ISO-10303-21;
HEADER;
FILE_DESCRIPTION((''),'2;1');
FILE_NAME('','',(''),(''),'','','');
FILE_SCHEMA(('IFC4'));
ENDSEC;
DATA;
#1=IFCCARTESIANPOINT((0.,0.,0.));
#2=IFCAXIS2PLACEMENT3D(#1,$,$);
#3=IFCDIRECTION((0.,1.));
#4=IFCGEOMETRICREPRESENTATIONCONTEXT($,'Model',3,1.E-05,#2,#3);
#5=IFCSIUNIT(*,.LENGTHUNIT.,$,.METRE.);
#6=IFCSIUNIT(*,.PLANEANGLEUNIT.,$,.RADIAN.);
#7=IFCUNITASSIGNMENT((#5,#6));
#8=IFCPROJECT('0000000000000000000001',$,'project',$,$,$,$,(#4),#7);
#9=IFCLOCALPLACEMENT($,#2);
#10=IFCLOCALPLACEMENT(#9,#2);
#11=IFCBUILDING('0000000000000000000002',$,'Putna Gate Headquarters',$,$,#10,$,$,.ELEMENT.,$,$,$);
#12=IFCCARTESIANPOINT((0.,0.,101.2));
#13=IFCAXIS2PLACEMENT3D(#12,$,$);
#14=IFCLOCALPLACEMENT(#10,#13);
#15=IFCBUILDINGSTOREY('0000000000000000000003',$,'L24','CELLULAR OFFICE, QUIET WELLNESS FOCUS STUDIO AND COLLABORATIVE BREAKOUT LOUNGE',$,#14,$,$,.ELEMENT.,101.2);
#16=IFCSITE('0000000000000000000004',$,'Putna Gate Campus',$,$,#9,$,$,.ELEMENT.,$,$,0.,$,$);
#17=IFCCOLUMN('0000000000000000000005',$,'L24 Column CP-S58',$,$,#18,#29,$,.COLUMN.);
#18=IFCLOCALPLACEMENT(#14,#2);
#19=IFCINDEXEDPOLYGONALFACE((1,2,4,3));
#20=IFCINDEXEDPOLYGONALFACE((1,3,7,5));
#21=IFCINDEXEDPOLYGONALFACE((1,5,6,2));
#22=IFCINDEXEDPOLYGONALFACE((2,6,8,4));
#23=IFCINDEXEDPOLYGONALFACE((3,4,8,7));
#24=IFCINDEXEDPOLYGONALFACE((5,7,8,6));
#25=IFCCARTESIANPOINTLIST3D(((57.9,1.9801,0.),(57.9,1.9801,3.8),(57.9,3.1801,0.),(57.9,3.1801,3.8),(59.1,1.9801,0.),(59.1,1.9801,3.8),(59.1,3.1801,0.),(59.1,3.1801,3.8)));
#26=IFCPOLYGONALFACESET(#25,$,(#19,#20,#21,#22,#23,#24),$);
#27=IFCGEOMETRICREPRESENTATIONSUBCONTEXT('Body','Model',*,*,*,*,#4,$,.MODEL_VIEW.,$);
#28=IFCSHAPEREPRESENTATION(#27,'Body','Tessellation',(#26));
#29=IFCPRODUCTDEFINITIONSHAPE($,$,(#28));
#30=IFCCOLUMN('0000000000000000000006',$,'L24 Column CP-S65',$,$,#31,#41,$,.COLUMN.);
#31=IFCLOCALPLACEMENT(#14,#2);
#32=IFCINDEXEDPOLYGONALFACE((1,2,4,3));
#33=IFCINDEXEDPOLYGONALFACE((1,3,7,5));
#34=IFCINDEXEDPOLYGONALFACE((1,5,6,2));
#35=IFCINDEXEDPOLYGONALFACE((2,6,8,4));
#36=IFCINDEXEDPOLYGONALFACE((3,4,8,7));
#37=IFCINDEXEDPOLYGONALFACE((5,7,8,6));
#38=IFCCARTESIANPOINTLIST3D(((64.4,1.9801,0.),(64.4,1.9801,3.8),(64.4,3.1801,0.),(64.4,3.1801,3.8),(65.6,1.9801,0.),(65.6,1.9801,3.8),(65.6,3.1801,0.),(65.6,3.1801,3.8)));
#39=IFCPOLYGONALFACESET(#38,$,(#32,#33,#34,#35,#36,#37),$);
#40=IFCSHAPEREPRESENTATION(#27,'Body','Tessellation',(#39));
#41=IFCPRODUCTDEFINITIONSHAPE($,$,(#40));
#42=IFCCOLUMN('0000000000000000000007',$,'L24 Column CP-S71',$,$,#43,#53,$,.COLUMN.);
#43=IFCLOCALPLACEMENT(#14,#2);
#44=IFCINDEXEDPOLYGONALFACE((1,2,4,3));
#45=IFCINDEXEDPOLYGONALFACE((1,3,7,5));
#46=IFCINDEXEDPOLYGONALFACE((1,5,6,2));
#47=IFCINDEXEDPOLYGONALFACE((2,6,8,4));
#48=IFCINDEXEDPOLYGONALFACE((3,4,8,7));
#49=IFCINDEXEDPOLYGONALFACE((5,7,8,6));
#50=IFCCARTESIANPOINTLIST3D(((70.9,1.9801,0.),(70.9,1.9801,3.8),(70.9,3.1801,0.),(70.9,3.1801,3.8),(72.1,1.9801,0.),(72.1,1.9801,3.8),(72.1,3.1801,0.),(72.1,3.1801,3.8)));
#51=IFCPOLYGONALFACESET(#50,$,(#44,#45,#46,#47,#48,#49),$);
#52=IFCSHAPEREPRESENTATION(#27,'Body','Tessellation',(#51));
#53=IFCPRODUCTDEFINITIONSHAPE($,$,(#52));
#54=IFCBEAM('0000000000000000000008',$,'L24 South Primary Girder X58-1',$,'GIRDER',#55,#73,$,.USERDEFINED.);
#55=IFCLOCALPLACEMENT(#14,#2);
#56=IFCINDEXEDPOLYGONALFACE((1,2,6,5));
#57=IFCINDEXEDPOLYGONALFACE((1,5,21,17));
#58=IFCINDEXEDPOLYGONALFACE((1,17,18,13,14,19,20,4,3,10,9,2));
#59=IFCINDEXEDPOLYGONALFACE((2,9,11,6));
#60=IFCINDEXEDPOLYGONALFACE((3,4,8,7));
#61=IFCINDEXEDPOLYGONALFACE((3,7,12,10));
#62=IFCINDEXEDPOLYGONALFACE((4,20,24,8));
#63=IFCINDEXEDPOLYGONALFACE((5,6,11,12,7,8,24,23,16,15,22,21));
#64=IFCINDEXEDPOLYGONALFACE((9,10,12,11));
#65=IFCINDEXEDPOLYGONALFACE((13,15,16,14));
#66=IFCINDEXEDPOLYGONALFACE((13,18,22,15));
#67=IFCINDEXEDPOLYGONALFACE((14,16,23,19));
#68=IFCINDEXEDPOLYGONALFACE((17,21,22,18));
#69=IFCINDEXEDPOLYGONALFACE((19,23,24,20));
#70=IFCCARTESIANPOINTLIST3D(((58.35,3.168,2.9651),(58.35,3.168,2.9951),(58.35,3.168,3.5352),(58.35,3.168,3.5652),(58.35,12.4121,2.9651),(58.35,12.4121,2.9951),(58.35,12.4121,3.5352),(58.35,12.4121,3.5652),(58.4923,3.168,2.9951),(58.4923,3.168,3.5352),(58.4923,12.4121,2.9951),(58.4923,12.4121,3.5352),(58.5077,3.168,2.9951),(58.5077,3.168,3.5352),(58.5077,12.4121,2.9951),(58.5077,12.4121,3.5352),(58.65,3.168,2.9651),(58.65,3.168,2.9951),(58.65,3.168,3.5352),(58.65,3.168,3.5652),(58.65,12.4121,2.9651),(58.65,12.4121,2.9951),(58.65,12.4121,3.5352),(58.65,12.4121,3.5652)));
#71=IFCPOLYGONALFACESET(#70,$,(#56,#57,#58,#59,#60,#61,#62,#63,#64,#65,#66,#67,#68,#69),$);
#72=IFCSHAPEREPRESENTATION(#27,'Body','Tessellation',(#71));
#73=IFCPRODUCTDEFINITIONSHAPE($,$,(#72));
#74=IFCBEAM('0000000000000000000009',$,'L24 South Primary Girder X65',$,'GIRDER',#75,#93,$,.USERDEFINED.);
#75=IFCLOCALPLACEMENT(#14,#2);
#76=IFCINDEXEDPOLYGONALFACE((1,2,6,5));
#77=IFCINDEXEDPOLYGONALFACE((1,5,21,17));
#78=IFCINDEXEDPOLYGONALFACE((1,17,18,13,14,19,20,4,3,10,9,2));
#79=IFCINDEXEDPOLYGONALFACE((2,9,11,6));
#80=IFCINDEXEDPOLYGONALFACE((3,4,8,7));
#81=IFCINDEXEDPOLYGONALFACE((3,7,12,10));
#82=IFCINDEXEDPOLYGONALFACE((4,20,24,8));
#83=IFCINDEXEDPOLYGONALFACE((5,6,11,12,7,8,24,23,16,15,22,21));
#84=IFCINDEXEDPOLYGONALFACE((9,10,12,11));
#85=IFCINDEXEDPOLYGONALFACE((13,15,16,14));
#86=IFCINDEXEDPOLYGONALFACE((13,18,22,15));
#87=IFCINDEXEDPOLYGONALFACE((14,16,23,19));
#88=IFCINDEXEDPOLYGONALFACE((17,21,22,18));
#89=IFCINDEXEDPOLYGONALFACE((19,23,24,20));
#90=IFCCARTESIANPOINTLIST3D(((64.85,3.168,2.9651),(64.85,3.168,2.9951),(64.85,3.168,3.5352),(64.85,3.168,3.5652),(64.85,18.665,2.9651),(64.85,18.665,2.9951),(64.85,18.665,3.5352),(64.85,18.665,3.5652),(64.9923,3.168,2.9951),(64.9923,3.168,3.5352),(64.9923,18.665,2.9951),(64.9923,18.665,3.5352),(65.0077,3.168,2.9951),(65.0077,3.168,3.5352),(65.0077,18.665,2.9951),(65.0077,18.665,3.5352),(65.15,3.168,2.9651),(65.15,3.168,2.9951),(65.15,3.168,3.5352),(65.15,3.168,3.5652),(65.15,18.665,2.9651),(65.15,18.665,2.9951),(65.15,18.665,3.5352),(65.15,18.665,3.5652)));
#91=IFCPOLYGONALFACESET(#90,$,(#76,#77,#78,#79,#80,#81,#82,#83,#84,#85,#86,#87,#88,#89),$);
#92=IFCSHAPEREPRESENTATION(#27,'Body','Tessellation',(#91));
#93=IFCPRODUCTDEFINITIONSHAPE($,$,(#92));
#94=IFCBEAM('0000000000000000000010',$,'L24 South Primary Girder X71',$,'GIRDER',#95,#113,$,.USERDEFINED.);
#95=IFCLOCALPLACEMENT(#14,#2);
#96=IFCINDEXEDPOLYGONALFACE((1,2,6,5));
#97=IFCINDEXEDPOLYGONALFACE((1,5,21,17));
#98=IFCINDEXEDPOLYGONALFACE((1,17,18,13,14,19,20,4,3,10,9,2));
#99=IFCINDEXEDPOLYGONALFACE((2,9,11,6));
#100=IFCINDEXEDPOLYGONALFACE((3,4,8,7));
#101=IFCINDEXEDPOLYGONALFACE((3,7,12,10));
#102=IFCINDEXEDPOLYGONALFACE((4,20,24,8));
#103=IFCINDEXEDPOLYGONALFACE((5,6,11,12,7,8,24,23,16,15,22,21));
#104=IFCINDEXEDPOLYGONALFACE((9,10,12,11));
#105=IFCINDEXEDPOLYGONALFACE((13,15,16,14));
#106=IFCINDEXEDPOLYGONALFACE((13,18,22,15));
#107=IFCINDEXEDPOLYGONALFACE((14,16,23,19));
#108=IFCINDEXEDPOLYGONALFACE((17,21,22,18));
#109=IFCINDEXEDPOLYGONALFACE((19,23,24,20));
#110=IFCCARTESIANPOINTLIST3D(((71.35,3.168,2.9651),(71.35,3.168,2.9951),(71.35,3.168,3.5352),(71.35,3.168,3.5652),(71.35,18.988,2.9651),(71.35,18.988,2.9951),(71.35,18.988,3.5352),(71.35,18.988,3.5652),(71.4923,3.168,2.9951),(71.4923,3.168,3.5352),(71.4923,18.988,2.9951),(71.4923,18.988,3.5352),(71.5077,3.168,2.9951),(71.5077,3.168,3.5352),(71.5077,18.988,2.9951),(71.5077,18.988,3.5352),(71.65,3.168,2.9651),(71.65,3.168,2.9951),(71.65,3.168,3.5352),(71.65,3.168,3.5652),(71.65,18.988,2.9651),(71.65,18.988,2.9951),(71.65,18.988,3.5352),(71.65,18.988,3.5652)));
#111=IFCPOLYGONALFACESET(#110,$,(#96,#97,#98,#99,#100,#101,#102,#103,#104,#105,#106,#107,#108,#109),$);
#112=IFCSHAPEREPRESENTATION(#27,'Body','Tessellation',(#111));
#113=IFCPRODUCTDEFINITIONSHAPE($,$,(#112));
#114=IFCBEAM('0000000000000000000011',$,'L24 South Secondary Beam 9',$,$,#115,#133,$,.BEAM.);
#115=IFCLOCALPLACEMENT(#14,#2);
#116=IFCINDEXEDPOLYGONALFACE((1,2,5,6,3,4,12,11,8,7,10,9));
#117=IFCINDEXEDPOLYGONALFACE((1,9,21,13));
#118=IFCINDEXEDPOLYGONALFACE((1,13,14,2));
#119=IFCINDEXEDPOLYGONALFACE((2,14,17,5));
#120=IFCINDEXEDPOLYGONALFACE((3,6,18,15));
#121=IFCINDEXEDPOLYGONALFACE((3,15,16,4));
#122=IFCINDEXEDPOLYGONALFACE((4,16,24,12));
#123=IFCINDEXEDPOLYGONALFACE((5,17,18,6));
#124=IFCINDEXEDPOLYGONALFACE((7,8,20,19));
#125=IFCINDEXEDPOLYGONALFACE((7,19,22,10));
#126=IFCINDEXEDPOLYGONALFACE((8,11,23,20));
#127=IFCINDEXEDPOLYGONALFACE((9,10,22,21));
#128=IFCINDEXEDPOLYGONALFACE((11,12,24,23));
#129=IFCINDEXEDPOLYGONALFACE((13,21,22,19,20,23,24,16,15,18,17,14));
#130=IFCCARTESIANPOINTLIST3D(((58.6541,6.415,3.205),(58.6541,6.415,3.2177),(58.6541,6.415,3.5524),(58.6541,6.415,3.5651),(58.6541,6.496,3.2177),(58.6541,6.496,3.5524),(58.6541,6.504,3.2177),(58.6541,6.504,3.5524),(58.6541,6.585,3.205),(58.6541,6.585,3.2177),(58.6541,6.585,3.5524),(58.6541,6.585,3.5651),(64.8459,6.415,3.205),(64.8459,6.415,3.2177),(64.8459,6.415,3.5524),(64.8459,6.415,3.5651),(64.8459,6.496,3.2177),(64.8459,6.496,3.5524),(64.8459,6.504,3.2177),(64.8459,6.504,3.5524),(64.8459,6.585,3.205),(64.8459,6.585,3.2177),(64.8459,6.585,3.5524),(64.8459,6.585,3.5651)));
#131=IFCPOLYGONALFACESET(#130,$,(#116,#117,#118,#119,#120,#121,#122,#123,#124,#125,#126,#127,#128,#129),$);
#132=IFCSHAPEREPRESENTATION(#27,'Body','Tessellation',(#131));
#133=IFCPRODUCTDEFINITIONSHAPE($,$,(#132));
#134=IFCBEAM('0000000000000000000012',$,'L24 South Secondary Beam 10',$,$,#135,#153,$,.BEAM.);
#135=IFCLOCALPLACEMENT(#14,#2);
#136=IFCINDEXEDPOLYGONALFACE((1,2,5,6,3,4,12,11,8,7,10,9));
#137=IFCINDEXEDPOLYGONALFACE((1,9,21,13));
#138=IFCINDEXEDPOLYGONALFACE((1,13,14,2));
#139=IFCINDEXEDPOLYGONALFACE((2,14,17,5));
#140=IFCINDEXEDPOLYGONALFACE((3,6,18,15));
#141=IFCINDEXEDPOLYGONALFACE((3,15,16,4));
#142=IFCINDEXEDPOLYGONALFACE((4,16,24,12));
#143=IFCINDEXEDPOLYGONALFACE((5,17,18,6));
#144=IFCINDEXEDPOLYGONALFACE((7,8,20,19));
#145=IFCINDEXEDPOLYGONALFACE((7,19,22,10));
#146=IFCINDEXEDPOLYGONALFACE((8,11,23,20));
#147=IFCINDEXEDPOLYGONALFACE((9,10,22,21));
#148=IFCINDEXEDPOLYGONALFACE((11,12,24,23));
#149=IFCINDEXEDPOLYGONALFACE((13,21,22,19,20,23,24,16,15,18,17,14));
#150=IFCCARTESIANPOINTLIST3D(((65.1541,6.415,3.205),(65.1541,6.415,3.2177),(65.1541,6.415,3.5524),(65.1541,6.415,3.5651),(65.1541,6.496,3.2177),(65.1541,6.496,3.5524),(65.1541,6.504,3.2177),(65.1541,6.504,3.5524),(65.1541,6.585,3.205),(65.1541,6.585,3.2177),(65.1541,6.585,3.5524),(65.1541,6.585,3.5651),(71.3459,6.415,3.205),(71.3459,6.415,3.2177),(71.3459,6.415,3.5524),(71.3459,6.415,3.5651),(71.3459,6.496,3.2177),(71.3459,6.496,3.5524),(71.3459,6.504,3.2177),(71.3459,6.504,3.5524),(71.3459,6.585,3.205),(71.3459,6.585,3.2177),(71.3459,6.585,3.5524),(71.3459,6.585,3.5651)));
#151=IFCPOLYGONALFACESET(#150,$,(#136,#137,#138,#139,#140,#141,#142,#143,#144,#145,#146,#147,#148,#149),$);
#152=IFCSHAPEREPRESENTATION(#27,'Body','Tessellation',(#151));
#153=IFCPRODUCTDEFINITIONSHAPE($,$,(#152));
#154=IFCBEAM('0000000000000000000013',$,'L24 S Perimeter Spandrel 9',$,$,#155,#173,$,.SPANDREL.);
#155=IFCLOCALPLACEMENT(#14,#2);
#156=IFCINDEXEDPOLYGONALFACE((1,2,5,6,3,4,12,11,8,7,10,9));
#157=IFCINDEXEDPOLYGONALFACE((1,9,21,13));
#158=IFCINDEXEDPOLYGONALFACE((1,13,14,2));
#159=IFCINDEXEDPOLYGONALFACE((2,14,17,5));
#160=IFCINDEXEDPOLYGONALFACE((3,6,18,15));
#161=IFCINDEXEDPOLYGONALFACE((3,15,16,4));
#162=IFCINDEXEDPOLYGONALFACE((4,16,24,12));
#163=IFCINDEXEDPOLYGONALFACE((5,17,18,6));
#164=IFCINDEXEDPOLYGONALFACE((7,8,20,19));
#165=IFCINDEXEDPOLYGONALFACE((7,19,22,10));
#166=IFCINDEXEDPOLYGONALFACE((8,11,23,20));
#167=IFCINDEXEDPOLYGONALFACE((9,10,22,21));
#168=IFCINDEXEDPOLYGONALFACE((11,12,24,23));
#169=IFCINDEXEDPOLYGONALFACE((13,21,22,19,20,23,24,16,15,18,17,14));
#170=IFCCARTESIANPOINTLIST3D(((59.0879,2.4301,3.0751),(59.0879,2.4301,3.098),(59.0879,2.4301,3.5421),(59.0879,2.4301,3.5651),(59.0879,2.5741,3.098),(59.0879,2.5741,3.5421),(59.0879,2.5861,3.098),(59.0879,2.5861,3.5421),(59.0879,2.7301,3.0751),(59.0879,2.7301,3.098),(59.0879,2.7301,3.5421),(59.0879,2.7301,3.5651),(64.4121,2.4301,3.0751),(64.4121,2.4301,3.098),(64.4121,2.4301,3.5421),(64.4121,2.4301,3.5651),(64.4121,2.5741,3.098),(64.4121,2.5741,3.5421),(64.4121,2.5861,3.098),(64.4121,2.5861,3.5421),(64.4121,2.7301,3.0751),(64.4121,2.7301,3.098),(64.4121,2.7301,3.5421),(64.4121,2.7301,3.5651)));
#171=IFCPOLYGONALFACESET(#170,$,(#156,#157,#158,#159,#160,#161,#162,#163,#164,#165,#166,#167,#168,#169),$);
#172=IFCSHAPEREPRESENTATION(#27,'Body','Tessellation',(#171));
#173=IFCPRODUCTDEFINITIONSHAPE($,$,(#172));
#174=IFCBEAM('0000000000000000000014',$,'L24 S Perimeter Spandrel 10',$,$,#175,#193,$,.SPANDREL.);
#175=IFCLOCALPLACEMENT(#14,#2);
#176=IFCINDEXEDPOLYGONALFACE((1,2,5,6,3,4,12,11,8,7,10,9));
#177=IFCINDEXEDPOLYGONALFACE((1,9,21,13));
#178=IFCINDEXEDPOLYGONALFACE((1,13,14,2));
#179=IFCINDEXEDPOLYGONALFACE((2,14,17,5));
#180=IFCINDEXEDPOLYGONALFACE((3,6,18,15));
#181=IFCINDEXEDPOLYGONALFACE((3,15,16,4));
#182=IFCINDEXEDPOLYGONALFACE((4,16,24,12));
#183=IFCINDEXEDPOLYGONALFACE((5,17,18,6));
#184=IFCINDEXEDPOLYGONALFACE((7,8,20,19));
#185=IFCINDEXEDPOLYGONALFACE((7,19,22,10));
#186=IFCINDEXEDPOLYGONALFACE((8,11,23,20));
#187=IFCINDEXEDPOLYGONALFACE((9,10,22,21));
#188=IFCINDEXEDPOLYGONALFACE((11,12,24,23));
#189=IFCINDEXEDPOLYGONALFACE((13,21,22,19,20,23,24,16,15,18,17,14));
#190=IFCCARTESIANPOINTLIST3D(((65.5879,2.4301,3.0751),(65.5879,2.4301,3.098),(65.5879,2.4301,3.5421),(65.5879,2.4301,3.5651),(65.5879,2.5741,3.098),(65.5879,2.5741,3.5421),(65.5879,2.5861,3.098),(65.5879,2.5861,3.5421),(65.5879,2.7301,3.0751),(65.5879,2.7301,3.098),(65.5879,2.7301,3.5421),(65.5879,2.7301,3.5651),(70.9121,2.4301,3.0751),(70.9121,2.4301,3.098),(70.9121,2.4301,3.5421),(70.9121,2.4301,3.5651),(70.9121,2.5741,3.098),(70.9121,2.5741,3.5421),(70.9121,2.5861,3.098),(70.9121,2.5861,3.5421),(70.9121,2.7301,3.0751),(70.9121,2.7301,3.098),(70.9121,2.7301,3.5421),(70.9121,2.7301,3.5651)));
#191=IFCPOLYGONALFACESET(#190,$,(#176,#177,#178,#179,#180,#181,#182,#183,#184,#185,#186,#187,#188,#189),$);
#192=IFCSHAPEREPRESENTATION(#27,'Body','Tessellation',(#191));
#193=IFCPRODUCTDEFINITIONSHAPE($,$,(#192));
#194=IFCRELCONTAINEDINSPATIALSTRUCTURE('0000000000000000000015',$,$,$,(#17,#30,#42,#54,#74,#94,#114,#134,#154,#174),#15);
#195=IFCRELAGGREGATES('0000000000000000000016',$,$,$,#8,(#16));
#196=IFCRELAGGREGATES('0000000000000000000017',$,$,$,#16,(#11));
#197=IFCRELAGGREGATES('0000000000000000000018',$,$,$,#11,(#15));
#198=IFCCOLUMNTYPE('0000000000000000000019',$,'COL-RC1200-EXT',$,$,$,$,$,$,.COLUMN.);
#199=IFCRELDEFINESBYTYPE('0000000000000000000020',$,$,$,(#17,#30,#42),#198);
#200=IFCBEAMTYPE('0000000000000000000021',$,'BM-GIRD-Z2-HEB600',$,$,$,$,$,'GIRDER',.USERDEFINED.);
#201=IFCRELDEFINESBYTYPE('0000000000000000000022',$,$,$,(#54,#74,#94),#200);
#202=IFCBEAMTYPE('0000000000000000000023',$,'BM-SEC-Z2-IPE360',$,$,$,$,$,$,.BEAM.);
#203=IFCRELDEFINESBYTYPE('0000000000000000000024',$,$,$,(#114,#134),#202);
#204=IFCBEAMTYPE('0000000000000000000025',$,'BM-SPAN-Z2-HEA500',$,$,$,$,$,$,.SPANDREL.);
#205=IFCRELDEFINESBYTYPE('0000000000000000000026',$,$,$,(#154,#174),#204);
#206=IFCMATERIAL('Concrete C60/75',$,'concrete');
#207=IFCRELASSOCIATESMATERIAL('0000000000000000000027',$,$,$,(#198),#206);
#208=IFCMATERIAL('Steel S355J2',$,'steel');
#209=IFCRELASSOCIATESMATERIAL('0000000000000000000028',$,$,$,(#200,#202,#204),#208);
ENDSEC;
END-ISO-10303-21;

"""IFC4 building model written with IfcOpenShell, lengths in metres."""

from ifc_helpers import new_model, si_unit, direction, frame, origin, origin_2d, place, context, subcontext, project, spatial, rectangle, i_section, extrude, material, material_profile, profile_set, type_object, element, save


model = new_model("IFC4")

# Units and contexts
model_context = context("Model", 3, precision=1e-05, world=origin(), true_north=direction((0.0, 1.0)))
body_context = subcontext(model_context, "Body", "Model", "MODEL_VIEW")
ifc_project = project(units=[si_unit("LENGTHUNIT", "METRE"), si_unit("PLANEANGLEUNIT", "RADIAN")], contexts=[model_context])

# Site, building, storey
site_placement = place(None, origin())
site = spatial("IfcSite", under=ifc_project, at=site_placement, Name="Putna Gate Campus", CompositionType="ELEMENT", RefElevation=0.0)
building_placement = place(site_placement, origin())
building = spatial("IfcBuilding", under=site, at=building_placement, Name="Putna Gate Headquarters", CompositionType="ELEMENT")
storey_placement = place(building_placement, frame((0.0, 0.0, 101.2)))
storey = spatial("IfcBuildingStorey", under=building, at=storey_placement, Name="L24", Description="CELLULAR OFFICE, QUIET WELLNESS FOCUS STUDIO AND COLLABORATIVE BREAKOUT LOUNGE", CompositionType="ELEMENT", Elevation=101.2)

# Columns
ifc_material_1 = material(Name="Concrete C60/75", Category="concrete")
ifc_material_profile_1 = material_profile(ifc_material_1, rectangle(XDim=1.2, YDim=1.2, at=origin_2d()), Name="Concrete C60/75")
ifc_profile_set_1 = profile_set([ifc_material_profile_1], Name="Concrete C60/75")
column_type = type_object("IfcColumnType", Name="COL-RC1200-EXT", PredefinedType="COLUMN", material=ifc_profile_set_1)
for number, where, z_axis, x_axis, name in (
    (1, (58.5, 2.5801, 0.0), (0.0, 0.0, 1.0), (1.0, 0.0, 0.0), "L24 Column CP-S58"),
    (2, (65.0, 2.5801, 0.0), (0.0, 0.0, 1.0), (1.0, 0.0, 0.0), "L24 Column CP-S65"),
    (3, (71.5, 2.5801, 0.0), (0.0, 0.0, 1.0), (1.0, 0.0, 0.0), "L24 Column CP-S71"),
):
    element("IfcColumn", number, at=place(storey_placement, frame(where, z_axis=z_axis, x_axis=x_axis)), inside=storey, type_object=column_type, Name=name, PredefinedType="COLUMN", context=body_context, shape_type="SweptSolid", body=[
        extrude(rectangle(XDim=1.2, YDim=1.2, at=origin_2d()), origin(), (0.0, 0.0, 1.0), 3.8),
    ])

# Beams
ifc_material_2 = material(Name="Steel S355J2", Category="steel")
ifc_material_profile_2 = material_profile(ifc_material_2, i_section(OverallWidth=0.3, OverallDepth=0.6001, WebThickness=0.0154, FlangeThickness=0.03, at=origin_2d()), Name="Steel S355J2")
ifc_profile_set_2 = profile_set([ifc_material_profile_2], Name="Steel S355J2")
beam_type_1 = type_object("IfcBeamType", Name="BM-GIRD-Z2-HEB600", ElementType="GIRDER", PredefinedType="USERDEFINED", material=ifc_profile_set_2)
beam_1_placement = place(storey_placement, frame((58.5, 3.168, 3.2651), z_axis=(0.0, 1.0, 0.0), x_axis=(-1.0, 0.0, 0.0)))
element("IfcBeam", 4, at=beam_1_placement, inside=storey, type_object=beam_type_1, Name="L24 South Primary Girder X58-1", ObjectType="GIRDER", PredefinedType="USERDEFINED", context=body_context, shape_type="SweptSolid", body=[
    extrude(i_section(OverallWidth=0.3, OverallDepth=0.6001, WebThickness=0.0154, FlangeThickness=0.03, at=origin_2d()), origin(), (0.0, 0.0, 1.0), 9.2441),
])
beam_2_placement = place(storey_placement, frame((65.0, 3.168, 3.2651), z_axis=(0.0, 1.0, 0.0), x_axis=(-1.0, 0.0, 0.0)))
element("IfcBeam", 5, at=beam_2_placement, inside=storey, type_object=beam_type_1, Name="L24 South Primary Girder X65", ObjectType="GIRDER", PredefinedType="USERDEFINED", context=body_context, shape_type="SweptSolid", body=[
    extrude(i_section(OverallWidth=0.3, OverallDepth=0.6001, WebThickness=0.0154, FlangeThickness=0.03, at=origin_2d()), origin(), (0.0, 0.0, 1.0), 15.4971),
])
beam_3_placement = place(storey_placement, frame((71.5, 3.168, 3.2651), z_axis=(0.0, 1.0, 0.0), x_axis=(-1.0, 0.0, 0.0)))
element("IfcBeam", 6, at=beam_3_placement, inside=storey, type_object=beam_type_1, Name="L24 South Primary Girder X71", ObjectType="GIRDER", PredefinedType="USERDEFINED", context=body_context, shape_type="SweptSolid", body=[
    extrude(i_section(OverallWidth=0.3, OverallDepth=0.6001, WebThickness=0.0154, FlangeThickness=0.03, at=origin_2d()), origin(), (0.0, 0.0, 1.0), 15.8201),
])
ifc_material_profile_3 = material_profile(ifc_material_2, i_section(OverallWidth=0.1699, OverallDepth=0.3601, WebThickness=0.0081, FlangeThickness=0.0127, at=origin_2d()), Name="Steel S355J2")
ifc_profile_set_3 = profile_set([ifc_material_profile_3], Name="Steel S355J2")
beam_type_2 = type_object("IfcBeamType", Name="BM-SEC-Z2-IPE360", PredefinedType="BEAM", material=ifc_profile_set_3)
for number, where, z_axis, x_axis, name in (
    (7, (58.6541, 6.5, 3.385), (1.0, 0.0, 0.0), (0.0, 1.0, 0.0), "L24 South Secondary Beam 9"),
    (8, (65.1541, 6.5, 3.385), (1.0, 0.0, 0.0), (0.0, 1.0, 0.0), "L24 South Secondary Beam 10"),
):
    element("IfcBeam", number, at=place(storey_placement, frame(where, z_axis=z_axis, x_axis=x_axis)), inside=storey, type_object=beam_type_2, Name=name, PredefinedType="BEAM", context=body_context, shape_type="SweptSolid", body=[
        extrude(i_section(OverallWidth=0.1699, OverallDepth=0.3601, WebThickness=0.0081, FlangeThickness=0.0127, at=origin_2d()), origin(), (0.0, 0.0, 1.0), 6.1919),
    ])
ifc_material_profile_4 = material_profile(ifc_material_2, i_section(OverallWidth=0.3, OverallDepth=0.49, WebThickness=0.012, FlangeThickness=0.0229, at=origin_2d()), Name="Steel S355J2")
ifc_profile_set_4 = profile_set([ifc_material_profile_4], Name="Steel S355J2")
beam_type_3 = type_object("IfcBeamType", Name="BM-SPAN-Z2-HEA500", PredefinedType="SPANDREL", material=ifc_profile_set_4)
for number, where, z_axis, x_axis, name in (
    (9, (59.0879, 2.5801, 3.3201), (1.0, 0.0, 0.0), (0.0, 1.0, 0.0), "L24 S Perimeter Spandrel 9"),
    (10, (65.5879, 2.5801, 3.3201), (1.0, 0.0, 0.0), (0.0, 1.0, 0.0), "L24 S Perimeter Spandrel 10"),
):
    element("IfcBeam", number, at=place(storey_placement, frame(where, z_axis=z_axis, x_axis=x_axis)), inside=storey, type_object=beam_type_3, Name=name, PredefinedType="SPANDREL", context=body_context, shape_type="SweptSolid", body=[
        extrude(i_section(OverallWidth=0.3, OverallDepth=0.49, WebThickness=0.012, FlangeThickness=0.0229, at=origin_2d()), origin(), (0.0, 0.0, 1.0), 5.3242),
    ])

save(model, "model.ifc")
